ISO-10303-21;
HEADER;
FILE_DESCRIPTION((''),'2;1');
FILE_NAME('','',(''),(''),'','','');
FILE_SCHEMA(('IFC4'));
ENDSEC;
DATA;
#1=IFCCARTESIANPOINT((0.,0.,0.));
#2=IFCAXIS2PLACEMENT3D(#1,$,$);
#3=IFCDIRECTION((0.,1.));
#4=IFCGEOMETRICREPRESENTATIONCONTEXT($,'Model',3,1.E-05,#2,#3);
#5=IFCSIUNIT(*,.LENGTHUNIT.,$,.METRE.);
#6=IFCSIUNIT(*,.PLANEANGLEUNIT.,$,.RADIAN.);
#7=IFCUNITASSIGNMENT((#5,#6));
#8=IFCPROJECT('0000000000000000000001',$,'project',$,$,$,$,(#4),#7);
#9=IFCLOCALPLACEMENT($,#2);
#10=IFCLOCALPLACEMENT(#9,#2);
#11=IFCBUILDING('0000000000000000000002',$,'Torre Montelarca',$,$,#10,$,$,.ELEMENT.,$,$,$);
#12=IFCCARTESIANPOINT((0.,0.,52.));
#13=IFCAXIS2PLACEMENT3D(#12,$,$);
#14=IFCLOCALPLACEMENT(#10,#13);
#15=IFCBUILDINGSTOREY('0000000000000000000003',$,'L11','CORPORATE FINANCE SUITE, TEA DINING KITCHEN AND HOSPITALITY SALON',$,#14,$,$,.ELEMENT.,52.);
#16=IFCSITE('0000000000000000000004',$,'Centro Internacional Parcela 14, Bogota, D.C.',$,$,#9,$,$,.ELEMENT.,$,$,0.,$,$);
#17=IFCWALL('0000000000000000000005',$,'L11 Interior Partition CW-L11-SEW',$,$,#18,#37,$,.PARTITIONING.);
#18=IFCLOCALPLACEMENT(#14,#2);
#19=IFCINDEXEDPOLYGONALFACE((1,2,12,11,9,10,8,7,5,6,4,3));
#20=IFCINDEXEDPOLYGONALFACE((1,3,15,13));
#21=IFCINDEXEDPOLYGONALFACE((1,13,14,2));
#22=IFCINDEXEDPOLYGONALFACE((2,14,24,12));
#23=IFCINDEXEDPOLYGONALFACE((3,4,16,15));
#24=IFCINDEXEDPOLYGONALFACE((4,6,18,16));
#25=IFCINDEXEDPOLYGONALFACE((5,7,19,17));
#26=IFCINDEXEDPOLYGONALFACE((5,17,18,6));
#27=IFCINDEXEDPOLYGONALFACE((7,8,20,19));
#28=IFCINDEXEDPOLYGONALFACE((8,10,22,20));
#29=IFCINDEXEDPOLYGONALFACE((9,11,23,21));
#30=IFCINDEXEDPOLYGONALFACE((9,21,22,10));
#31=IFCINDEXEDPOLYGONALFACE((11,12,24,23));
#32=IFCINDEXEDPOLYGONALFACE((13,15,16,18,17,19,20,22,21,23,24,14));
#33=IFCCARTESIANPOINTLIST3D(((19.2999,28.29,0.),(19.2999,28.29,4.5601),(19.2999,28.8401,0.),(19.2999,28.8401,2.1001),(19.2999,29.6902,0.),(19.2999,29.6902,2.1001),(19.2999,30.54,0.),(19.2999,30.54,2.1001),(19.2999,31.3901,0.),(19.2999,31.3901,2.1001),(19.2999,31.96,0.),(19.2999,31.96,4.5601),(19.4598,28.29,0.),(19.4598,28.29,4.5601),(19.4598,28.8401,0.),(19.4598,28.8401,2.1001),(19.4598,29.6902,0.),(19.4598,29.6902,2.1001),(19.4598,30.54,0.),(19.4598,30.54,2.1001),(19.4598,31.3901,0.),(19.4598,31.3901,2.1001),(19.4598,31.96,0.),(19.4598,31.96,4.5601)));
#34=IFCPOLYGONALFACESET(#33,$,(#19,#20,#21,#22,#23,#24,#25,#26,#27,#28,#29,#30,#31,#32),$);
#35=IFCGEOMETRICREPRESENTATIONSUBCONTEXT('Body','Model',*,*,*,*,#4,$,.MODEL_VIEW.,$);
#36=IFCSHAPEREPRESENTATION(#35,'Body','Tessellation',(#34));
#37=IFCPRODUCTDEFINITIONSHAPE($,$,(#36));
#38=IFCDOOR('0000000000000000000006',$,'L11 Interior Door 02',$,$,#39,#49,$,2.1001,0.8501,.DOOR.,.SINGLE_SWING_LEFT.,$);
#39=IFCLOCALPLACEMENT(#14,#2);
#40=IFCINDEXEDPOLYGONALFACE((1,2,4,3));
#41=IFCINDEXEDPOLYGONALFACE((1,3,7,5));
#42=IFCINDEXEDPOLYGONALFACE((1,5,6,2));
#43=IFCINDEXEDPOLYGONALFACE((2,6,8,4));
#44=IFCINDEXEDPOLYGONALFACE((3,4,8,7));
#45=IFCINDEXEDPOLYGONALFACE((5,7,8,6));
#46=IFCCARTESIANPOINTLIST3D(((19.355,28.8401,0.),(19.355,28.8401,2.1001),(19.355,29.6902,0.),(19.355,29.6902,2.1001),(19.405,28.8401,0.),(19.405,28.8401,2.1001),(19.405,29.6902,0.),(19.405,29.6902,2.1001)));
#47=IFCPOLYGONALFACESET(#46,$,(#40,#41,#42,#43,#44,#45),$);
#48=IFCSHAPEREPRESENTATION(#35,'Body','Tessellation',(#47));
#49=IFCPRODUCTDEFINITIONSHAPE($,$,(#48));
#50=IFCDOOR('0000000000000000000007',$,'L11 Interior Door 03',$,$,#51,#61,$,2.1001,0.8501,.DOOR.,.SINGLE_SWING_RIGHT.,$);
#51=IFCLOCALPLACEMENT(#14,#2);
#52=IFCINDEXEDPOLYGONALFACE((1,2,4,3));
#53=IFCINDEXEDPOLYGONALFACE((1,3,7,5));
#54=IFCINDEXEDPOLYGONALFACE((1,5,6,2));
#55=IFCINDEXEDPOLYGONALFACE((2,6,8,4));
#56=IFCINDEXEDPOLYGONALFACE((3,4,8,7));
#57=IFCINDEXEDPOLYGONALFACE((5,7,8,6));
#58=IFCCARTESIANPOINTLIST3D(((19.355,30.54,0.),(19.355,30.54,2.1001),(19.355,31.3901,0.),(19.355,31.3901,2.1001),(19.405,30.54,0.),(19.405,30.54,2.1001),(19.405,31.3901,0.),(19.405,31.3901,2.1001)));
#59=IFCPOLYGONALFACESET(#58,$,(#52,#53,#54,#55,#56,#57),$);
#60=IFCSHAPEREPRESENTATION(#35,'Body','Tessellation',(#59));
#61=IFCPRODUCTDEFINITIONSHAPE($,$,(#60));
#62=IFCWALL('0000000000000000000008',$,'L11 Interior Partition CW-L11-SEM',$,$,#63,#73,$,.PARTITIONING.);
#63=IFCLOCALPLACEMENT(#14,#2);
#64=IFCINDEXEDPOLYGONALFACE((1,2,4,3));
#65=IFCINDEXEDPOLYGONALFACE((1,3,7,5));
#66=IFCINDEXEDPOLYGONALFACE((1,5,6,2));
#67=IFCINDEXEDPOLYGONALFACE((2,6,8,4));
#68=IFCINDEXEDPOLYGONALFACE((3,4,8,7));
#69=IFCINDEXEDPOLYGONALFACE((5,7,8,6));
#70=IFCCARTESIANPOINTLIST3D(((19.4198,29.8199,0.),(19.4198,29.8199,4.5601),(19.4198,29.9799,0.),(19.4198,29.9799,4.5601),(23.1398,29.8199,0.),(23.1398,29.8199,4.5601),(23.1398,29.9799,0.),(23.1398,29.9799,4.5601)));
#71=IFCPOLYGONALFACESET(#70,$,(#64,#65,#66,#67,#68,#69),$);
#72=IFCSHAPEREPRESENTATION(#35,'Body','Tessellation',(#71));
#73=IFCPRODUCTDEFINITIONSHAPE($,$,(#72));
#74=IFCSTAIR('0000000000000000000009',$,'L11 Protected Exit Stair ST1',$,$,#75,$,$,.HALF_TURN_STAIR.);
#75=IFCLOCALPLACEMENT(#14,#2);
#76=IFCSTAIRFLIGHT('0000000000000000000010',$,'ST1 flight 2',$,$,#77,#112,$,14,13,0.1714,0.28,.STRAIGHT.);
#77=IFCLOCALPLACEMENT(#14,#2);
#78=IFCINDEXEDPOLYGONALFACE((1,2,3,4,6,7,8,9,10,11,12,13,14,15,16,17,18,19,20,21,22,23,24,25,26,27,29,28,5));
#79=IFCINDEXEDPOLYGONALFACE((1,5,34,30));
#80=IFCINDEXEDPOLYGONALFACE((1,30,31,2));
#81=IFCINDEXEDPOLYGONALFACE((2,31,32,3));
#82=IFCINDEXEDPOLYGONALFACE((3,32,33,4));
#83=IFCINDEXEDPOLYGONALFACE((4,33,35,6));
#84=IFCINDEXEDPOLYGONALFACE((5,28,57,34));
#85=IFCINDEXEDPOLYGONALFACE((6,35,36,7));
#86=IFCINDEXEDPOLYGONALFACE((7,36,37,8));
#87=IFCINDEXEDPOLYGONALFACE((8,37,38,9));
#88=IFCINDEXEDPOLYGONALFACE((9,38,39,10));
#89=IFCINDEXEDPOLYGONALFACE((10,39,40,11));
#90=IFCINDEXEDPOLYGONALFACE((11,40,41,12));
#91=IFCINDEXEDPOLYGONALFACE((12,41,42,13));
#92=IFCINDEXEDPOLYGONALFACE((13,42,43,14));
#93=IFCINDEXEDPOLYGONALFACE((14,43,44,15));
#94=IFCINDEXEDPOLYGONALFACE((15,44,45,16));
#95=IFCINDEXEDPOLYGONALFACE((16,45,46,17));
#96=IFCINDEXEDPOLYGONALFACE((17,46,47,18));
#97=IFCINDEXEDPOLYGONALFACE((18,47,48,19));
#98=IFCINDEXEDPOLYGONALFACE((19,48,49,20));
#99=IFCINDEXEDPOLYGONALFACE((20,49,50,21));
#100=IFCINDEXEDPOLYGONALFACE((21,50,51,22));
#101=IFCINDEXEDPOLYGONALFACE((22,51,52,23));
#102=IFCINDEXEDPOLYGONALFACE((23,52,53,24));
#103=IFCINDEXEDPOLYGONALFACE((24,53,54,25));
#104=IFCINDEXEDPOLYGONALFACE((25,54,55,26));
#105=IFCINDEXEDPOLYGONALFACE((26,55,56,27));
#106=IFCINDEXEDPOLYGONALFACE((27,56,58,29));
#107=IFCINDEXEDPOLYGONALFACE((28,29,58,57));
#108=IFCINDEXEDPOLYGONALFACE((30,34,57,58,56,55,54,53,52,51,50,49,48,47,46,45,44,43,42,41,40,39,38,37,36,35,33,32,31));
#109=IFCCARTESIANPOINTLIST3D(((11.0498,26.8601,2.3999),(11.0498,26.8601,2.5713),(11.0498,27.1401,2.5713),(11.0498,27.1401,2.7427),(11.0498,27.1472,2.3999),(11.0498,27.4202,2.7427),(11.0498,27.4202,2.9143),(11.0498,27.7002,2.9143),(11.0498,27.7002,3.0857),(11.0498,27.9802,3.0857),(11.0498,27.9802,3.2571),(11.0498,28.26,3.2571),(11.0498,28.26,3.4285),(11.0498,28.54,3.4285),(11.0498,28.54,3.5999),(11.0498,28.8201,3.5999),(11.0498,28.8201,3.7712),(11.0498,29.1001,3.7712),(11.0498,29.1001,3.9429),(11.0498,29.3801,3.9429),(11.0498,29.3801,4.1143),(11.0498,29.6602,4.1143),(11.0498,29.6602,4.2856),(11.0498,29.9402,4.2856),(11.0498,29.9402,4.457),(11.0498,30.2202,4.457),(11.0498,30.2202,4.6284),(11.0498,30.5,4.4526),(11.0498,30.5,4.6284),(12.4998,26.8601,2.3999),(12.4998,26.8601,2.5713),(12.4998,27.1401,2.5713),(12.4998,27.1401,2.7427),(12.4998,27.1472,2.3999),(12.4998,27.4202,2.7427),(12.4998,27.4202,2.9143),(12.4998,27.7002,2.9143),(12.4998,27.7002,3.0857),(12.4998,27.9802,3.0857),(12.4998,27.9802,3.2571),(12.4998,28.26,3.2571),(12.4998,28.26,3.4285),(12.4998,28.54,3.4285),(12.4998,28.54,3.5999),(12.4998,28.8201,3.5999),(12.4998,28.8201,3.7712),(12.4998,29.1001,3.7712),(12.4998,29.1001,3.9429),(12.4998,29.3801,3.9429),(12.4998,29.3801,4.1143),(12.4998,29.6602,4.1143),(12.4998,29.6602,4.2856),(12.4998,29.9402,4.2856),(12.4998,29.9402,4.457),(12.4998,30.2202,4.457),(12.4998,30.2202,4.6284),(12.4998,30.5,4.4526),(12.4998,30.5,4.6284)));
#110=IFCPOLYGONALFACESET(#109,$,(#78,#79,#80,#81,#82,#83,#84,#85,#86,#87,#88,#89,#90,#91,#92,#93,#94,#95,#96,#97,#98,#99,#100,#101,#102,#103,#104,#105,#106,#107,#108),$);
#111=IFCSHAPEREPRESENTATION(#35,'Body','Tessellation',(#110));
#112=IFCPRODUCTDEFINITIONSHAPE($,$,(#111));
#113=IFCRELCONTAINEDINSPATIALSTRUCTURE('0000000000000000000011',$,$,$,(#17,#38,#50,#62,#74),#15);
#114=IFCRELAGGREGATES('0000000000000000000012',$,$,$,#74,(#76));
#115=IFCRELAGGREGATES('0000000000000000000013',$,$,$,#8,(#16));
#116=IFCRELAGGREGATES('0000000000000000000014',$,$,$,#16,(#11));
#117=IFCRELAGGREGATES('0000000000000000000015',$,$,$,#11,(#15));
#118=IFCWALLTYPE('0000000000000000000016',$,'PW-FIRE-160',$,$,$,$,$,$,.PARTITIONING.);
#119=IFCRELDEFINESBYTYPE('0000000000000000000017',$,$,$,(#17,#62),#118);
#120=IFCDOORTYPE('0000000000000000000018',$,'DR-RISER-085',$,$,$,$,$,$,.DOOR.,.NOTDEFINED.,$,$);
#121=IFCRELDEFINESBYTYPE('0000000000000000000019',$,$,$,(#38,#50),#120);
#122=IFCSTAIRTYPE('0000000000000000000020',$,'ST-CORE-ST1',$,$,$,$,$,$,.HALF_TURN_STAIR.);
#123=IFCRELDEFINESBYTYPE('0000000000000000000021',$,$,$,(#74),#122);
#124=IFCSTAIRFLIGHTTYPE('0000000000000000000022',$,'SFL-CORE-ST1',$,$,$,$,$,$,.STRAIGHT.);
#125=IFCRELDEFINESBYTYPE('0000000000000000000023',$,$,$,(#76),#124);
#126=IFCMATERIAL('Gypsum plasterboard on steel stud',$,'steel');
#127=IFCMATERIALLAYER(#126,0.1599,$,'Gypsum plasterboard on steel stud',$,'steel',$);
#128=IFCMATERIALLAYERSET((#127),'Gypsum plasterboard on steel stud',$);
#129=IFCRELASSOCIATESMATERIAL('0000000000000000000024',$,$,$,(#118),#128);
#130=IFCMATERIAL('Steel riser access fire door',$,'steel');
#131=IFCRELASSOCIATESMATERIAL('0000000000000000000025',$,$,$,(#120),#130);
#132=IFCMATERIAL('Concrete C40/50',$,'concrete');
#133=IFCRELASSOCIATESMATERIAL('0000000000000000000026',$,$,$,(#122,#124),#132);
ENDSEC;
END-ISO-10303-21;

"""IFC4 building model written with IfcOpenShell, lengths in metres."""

from ifc_helpers import new_model, si_unit, direction, frame, frame_2d, origin, place, context, subcontext, project, spatial, polyline, rectangle, outline, extrude, source, transform, mapped, material, layer, layer_set, type_object, element, fill, aggregate, save


model = new_model("IFC4")

# Units and contexts
model_context = context("Model", 3, precision=1e-05, world=origin(), true_north=direction((0.0, 1.0)))
body_context = subcontext(model_context, "Body", "Model", "MODEL_VIEW")
ifc_project = project(units=[si_unit("LENGTHUNIT", "METRE"), si_unit("PLANEANGLEUNIT", "RADIAN")], contexts=[model_context])

# Site, building, storey
site_placement = place(None, origin())
site = spatial("IfcSite", under=ifc_project, at=site_placement, Name="Centro Internacional Parcela 14, Bogota, D.C.", CompositionType="ELEMENT", RefElevation=0.0)
building_placement = place(site_placement, origin())
building = spatial("IfcBuilding", under=site, at=building_placement, Name="Torre Montelarca", CompositionType="ELEMENT")
storey_placement = place(building_placement, frame((0.0, 0.0, 52.0)))
storey = spatial("IfcBuildingStorey", under=building, at=storey_placement, Name="L11", Description="CORPORATE FINANCE SUITE, TEA DINING KITCHEN AND HOSPITALITY SALON", CompositionType="ELEMENT", Elevation=52.0)

# Shared definitions
ifc_material_1 = material(Name="Concrete C40/50", Category="concrete")

# Shared definitions
ifc_material_2 = material(Name="Gypsum plasterboard on steel stud", Category="steel")
ifc_layer_1 = layer(ifc_material_2, 0.1599, Name="Gypsum plasterboard on steel stud", Category="steel")
ifc_layer_set_1 = layer_set([ifc_layer_1], Name="Gypsum plasterboard on steel stud")
wall_type_1 = type_object("IfcWallType", Name="PW-FIRE-160", PredefinedType="PARTITIONING", material=ifc_layer_set_1)

# Wall, openings, doors
wall_1_placement = place(storey_placement, frame((19.3799, 28.29, 0.0), z_axis=(0.0, 0.0, 1.0), x_axis=(0.0, 1.0, 0.0)))
wall_1 = element("IfcWall", 1, at=wall_1_placement, inside=storey, type_object=wall_type_1, Name="L11 Interior Partition CW-L11-SEW", PredefinedType="PARTITIONING", context=body_context, shape_type="SweptSolid", body=[
    extrude(rectangle(XDim=3.6699, YDim=0.1599, at=frame_2d((1.835, 0.0))), origin(), (0.0, 0.0, 1.0), 4.5601),
])
opening_1_placement = place(wall_1_placement, frame((0.55, 0.0, 0.0)))
opening_1 = element("IfcOpeningElement", 2, at=opening_1_placement, cuts=wall_1, PredefinedType="OPENING", context=body_context, shape_type="SweptSolid", body=[
    extrude(rectangle(XDim=0.8501, YDim=2.1001, at=frame_2d((0.425, 1.05))), frame((0.0, 0.0898, 0.0), z_axis=(0.0, -1.0, 0.0), x_axis=(1.0, 0.0, 0.0)), (0.0, 0.0, 1.0), 0.1799),
])
opening_2_placement = place(wall_1_placement, frame((2.25, 0.0, 0.0)))
opening_2 = element("IfcOpeningElement", 3, at=opening_2_placement, cuts=wall_1, PredefinedType="OPENING", context=body_context, shape_type="SweptSolid", body=[
    extrude(rectangle(XDim=0.8501, YDim=2.1001, at=frame_2d((0.425, 1.05))), frame((0.0, 0.0898, 0.0), z_axis=(0.0, -1.0, 0.0), x_axis=(1.0, 0.0, 0.0)), (0.0, 0.0, 1.0), 0.1799),
])
ifc_material_3 = material(Name="Steel riser access fire door", Category="steel")
door_type_1 = type_object("IfcDoorType", Name="DR-RISER-085", OperationType="NOTDEFINED", PredefinedType="DOOR", material=ifc_material_3)
shared_shape_1 = source(origin(), body_context, "Body", "SweptSolid", [
    extrude(rectangle(XDim=0.8501, YDim=2.1001, at=frame_2d((0.425, 1.05))), frame((0.0, 0.0249, 0.0), z_axis=(0.0, -1.0, 0.0), x_axis=(1.0, 0.0, 0.0)), (0.0, 0.0, 1.0), 0.05),
])
door_1_placement = place(opening_1_placement, origin())
door_1 = element("IfcDoor", 4, at=door_1_placement, inside=storey, type_object=door_type_1, Name="L11 Interior Door 02", OperationType="SINGLE_SWING_LEFT", OverallHeight=2.1001, OverallWidth=0.8501, PredefinedType="DOOR", context=body_context, shape_type="MappedRepresentation", body=[
    mapped(shared_shape_1, transform((0.0, 0.0, 0.0), scale=1.0)),
])
fill(opening_1, door_1)
door_2_placement = place(opening_2_placement, origin())
door_2 = element("IfcDoor", 5, at=door_2_placement, inside=storey, type_object=door_type_1, Name="L11 Interior Door 03", OperationType="SINGLE_SWING_RIGHT", OverallHeight=2.1001, OverallWidth=0.8501, PredefinedType="DOOR", context=body_context, shape_type="MappedRepresentation", body=[
    mapped(shared_shape_1, transform((0.0, 0.0, 0.0), scale=1.0)),
])
fill(opening_2, door_2)

# Wall
wall_2_placement = place(storey_placement, frame((19.4199, 29.8999, 0.0), z_axis=(0.0, 0.0, 1.0), x_axis=(1.0, 0.0, 0.0)))
element("IfcWall", 6, at=wall_2_placement, inside=storey, type_object=wall_type_1, Name="L11 Interior Partition CW-L11-SEM", PredefinedType="PARTITIONING", context=body_context, shape_type="SweptSolid", body=[
    extrude(rectangle(XDim=3.72, YDim=0.1599, at=frame_2d((1.8599, 0.0))), origin(), (0.0, 0.0, 1.0), 4.5601),
])

# Stair, stair flight
stair_type = type_object("IfcStairType", Name="ST-CORE-ST1", PredefinedType="HALF_TURN_STAIR", material=ifc_material_1)
stair_placement = place(storey_placement, origin())
stair = element("IfcStair", 7, at=stair_placement, inside=storey, type_object=stair_type, Name="L11 Protected Exit Stair ST1", PredefinedType="HALF_TURN_STAIR")
stair_flight_type = type_object("IfcStairFlightType", Name="SFL-CORE-ST1", PredefinedType="STRAIGHT", material=ifc_material_1)
stair_flight_placement = place(storey_placement, frame((11.7749, 26.8601, 2.3999), z_axis=(0.0, 0.0, 1.0), x_axis=(0.0, 1.0, 0.0)))
stair_flight = element("IfcStairFlight", 8, at=stair_flight_placement, type_object=stair_flight_type, Name="ST1 flight 2", NumberOfRisers=14, NumberOfTreads=13, PredefinedType="STRAIGHT", RiserHeight=0.1714, TreadLength=0.28, context=body_context, shape_type="SweptSolid", body=[
    extrude(outline(polyline([(0.0, 0.0), (0.0, 0.1714), (0.28, 0.1714), (0.28, 0.3428), (0.5601, 0.3428), (0.5601, 0.5144), (0.8401, 0.5144), (0.8401, 0.6858), (1.1201, 0.6858), (1.1201, 0.8572), (1.3999, 0.8572), (1.3999, 1.0286), (1.6799, 1.0286), (1.6799, 1.2), (1.96, 1.2), (1.96, 1.3713), (2.24, 1.3713), (2.24, 1.543), (2.52, 1.543), (2.52, 1.7144), (2.8, 1.7144), (2.8, 1.8857), (3.0801, 1.8857), (3.0801, 2.0571), (3.3601, 2.0571), (3.3601, 2.2285), (3.6399, 2.2285), (3.6399, 2.3999), (3.6399, 2.0527), (0.2871, 0.0), (0.0, 0.0)])), frame((0.0, 0.7251, 0.0), z_axis=(0.0, -1.0, 0.0), x_axis=(1.0, 0.0, 0.0)), (0.0, 0.0, 1.0), 1.45),
])
aggregate(stair, [stair_flight])

save(model, "model.ifc")
